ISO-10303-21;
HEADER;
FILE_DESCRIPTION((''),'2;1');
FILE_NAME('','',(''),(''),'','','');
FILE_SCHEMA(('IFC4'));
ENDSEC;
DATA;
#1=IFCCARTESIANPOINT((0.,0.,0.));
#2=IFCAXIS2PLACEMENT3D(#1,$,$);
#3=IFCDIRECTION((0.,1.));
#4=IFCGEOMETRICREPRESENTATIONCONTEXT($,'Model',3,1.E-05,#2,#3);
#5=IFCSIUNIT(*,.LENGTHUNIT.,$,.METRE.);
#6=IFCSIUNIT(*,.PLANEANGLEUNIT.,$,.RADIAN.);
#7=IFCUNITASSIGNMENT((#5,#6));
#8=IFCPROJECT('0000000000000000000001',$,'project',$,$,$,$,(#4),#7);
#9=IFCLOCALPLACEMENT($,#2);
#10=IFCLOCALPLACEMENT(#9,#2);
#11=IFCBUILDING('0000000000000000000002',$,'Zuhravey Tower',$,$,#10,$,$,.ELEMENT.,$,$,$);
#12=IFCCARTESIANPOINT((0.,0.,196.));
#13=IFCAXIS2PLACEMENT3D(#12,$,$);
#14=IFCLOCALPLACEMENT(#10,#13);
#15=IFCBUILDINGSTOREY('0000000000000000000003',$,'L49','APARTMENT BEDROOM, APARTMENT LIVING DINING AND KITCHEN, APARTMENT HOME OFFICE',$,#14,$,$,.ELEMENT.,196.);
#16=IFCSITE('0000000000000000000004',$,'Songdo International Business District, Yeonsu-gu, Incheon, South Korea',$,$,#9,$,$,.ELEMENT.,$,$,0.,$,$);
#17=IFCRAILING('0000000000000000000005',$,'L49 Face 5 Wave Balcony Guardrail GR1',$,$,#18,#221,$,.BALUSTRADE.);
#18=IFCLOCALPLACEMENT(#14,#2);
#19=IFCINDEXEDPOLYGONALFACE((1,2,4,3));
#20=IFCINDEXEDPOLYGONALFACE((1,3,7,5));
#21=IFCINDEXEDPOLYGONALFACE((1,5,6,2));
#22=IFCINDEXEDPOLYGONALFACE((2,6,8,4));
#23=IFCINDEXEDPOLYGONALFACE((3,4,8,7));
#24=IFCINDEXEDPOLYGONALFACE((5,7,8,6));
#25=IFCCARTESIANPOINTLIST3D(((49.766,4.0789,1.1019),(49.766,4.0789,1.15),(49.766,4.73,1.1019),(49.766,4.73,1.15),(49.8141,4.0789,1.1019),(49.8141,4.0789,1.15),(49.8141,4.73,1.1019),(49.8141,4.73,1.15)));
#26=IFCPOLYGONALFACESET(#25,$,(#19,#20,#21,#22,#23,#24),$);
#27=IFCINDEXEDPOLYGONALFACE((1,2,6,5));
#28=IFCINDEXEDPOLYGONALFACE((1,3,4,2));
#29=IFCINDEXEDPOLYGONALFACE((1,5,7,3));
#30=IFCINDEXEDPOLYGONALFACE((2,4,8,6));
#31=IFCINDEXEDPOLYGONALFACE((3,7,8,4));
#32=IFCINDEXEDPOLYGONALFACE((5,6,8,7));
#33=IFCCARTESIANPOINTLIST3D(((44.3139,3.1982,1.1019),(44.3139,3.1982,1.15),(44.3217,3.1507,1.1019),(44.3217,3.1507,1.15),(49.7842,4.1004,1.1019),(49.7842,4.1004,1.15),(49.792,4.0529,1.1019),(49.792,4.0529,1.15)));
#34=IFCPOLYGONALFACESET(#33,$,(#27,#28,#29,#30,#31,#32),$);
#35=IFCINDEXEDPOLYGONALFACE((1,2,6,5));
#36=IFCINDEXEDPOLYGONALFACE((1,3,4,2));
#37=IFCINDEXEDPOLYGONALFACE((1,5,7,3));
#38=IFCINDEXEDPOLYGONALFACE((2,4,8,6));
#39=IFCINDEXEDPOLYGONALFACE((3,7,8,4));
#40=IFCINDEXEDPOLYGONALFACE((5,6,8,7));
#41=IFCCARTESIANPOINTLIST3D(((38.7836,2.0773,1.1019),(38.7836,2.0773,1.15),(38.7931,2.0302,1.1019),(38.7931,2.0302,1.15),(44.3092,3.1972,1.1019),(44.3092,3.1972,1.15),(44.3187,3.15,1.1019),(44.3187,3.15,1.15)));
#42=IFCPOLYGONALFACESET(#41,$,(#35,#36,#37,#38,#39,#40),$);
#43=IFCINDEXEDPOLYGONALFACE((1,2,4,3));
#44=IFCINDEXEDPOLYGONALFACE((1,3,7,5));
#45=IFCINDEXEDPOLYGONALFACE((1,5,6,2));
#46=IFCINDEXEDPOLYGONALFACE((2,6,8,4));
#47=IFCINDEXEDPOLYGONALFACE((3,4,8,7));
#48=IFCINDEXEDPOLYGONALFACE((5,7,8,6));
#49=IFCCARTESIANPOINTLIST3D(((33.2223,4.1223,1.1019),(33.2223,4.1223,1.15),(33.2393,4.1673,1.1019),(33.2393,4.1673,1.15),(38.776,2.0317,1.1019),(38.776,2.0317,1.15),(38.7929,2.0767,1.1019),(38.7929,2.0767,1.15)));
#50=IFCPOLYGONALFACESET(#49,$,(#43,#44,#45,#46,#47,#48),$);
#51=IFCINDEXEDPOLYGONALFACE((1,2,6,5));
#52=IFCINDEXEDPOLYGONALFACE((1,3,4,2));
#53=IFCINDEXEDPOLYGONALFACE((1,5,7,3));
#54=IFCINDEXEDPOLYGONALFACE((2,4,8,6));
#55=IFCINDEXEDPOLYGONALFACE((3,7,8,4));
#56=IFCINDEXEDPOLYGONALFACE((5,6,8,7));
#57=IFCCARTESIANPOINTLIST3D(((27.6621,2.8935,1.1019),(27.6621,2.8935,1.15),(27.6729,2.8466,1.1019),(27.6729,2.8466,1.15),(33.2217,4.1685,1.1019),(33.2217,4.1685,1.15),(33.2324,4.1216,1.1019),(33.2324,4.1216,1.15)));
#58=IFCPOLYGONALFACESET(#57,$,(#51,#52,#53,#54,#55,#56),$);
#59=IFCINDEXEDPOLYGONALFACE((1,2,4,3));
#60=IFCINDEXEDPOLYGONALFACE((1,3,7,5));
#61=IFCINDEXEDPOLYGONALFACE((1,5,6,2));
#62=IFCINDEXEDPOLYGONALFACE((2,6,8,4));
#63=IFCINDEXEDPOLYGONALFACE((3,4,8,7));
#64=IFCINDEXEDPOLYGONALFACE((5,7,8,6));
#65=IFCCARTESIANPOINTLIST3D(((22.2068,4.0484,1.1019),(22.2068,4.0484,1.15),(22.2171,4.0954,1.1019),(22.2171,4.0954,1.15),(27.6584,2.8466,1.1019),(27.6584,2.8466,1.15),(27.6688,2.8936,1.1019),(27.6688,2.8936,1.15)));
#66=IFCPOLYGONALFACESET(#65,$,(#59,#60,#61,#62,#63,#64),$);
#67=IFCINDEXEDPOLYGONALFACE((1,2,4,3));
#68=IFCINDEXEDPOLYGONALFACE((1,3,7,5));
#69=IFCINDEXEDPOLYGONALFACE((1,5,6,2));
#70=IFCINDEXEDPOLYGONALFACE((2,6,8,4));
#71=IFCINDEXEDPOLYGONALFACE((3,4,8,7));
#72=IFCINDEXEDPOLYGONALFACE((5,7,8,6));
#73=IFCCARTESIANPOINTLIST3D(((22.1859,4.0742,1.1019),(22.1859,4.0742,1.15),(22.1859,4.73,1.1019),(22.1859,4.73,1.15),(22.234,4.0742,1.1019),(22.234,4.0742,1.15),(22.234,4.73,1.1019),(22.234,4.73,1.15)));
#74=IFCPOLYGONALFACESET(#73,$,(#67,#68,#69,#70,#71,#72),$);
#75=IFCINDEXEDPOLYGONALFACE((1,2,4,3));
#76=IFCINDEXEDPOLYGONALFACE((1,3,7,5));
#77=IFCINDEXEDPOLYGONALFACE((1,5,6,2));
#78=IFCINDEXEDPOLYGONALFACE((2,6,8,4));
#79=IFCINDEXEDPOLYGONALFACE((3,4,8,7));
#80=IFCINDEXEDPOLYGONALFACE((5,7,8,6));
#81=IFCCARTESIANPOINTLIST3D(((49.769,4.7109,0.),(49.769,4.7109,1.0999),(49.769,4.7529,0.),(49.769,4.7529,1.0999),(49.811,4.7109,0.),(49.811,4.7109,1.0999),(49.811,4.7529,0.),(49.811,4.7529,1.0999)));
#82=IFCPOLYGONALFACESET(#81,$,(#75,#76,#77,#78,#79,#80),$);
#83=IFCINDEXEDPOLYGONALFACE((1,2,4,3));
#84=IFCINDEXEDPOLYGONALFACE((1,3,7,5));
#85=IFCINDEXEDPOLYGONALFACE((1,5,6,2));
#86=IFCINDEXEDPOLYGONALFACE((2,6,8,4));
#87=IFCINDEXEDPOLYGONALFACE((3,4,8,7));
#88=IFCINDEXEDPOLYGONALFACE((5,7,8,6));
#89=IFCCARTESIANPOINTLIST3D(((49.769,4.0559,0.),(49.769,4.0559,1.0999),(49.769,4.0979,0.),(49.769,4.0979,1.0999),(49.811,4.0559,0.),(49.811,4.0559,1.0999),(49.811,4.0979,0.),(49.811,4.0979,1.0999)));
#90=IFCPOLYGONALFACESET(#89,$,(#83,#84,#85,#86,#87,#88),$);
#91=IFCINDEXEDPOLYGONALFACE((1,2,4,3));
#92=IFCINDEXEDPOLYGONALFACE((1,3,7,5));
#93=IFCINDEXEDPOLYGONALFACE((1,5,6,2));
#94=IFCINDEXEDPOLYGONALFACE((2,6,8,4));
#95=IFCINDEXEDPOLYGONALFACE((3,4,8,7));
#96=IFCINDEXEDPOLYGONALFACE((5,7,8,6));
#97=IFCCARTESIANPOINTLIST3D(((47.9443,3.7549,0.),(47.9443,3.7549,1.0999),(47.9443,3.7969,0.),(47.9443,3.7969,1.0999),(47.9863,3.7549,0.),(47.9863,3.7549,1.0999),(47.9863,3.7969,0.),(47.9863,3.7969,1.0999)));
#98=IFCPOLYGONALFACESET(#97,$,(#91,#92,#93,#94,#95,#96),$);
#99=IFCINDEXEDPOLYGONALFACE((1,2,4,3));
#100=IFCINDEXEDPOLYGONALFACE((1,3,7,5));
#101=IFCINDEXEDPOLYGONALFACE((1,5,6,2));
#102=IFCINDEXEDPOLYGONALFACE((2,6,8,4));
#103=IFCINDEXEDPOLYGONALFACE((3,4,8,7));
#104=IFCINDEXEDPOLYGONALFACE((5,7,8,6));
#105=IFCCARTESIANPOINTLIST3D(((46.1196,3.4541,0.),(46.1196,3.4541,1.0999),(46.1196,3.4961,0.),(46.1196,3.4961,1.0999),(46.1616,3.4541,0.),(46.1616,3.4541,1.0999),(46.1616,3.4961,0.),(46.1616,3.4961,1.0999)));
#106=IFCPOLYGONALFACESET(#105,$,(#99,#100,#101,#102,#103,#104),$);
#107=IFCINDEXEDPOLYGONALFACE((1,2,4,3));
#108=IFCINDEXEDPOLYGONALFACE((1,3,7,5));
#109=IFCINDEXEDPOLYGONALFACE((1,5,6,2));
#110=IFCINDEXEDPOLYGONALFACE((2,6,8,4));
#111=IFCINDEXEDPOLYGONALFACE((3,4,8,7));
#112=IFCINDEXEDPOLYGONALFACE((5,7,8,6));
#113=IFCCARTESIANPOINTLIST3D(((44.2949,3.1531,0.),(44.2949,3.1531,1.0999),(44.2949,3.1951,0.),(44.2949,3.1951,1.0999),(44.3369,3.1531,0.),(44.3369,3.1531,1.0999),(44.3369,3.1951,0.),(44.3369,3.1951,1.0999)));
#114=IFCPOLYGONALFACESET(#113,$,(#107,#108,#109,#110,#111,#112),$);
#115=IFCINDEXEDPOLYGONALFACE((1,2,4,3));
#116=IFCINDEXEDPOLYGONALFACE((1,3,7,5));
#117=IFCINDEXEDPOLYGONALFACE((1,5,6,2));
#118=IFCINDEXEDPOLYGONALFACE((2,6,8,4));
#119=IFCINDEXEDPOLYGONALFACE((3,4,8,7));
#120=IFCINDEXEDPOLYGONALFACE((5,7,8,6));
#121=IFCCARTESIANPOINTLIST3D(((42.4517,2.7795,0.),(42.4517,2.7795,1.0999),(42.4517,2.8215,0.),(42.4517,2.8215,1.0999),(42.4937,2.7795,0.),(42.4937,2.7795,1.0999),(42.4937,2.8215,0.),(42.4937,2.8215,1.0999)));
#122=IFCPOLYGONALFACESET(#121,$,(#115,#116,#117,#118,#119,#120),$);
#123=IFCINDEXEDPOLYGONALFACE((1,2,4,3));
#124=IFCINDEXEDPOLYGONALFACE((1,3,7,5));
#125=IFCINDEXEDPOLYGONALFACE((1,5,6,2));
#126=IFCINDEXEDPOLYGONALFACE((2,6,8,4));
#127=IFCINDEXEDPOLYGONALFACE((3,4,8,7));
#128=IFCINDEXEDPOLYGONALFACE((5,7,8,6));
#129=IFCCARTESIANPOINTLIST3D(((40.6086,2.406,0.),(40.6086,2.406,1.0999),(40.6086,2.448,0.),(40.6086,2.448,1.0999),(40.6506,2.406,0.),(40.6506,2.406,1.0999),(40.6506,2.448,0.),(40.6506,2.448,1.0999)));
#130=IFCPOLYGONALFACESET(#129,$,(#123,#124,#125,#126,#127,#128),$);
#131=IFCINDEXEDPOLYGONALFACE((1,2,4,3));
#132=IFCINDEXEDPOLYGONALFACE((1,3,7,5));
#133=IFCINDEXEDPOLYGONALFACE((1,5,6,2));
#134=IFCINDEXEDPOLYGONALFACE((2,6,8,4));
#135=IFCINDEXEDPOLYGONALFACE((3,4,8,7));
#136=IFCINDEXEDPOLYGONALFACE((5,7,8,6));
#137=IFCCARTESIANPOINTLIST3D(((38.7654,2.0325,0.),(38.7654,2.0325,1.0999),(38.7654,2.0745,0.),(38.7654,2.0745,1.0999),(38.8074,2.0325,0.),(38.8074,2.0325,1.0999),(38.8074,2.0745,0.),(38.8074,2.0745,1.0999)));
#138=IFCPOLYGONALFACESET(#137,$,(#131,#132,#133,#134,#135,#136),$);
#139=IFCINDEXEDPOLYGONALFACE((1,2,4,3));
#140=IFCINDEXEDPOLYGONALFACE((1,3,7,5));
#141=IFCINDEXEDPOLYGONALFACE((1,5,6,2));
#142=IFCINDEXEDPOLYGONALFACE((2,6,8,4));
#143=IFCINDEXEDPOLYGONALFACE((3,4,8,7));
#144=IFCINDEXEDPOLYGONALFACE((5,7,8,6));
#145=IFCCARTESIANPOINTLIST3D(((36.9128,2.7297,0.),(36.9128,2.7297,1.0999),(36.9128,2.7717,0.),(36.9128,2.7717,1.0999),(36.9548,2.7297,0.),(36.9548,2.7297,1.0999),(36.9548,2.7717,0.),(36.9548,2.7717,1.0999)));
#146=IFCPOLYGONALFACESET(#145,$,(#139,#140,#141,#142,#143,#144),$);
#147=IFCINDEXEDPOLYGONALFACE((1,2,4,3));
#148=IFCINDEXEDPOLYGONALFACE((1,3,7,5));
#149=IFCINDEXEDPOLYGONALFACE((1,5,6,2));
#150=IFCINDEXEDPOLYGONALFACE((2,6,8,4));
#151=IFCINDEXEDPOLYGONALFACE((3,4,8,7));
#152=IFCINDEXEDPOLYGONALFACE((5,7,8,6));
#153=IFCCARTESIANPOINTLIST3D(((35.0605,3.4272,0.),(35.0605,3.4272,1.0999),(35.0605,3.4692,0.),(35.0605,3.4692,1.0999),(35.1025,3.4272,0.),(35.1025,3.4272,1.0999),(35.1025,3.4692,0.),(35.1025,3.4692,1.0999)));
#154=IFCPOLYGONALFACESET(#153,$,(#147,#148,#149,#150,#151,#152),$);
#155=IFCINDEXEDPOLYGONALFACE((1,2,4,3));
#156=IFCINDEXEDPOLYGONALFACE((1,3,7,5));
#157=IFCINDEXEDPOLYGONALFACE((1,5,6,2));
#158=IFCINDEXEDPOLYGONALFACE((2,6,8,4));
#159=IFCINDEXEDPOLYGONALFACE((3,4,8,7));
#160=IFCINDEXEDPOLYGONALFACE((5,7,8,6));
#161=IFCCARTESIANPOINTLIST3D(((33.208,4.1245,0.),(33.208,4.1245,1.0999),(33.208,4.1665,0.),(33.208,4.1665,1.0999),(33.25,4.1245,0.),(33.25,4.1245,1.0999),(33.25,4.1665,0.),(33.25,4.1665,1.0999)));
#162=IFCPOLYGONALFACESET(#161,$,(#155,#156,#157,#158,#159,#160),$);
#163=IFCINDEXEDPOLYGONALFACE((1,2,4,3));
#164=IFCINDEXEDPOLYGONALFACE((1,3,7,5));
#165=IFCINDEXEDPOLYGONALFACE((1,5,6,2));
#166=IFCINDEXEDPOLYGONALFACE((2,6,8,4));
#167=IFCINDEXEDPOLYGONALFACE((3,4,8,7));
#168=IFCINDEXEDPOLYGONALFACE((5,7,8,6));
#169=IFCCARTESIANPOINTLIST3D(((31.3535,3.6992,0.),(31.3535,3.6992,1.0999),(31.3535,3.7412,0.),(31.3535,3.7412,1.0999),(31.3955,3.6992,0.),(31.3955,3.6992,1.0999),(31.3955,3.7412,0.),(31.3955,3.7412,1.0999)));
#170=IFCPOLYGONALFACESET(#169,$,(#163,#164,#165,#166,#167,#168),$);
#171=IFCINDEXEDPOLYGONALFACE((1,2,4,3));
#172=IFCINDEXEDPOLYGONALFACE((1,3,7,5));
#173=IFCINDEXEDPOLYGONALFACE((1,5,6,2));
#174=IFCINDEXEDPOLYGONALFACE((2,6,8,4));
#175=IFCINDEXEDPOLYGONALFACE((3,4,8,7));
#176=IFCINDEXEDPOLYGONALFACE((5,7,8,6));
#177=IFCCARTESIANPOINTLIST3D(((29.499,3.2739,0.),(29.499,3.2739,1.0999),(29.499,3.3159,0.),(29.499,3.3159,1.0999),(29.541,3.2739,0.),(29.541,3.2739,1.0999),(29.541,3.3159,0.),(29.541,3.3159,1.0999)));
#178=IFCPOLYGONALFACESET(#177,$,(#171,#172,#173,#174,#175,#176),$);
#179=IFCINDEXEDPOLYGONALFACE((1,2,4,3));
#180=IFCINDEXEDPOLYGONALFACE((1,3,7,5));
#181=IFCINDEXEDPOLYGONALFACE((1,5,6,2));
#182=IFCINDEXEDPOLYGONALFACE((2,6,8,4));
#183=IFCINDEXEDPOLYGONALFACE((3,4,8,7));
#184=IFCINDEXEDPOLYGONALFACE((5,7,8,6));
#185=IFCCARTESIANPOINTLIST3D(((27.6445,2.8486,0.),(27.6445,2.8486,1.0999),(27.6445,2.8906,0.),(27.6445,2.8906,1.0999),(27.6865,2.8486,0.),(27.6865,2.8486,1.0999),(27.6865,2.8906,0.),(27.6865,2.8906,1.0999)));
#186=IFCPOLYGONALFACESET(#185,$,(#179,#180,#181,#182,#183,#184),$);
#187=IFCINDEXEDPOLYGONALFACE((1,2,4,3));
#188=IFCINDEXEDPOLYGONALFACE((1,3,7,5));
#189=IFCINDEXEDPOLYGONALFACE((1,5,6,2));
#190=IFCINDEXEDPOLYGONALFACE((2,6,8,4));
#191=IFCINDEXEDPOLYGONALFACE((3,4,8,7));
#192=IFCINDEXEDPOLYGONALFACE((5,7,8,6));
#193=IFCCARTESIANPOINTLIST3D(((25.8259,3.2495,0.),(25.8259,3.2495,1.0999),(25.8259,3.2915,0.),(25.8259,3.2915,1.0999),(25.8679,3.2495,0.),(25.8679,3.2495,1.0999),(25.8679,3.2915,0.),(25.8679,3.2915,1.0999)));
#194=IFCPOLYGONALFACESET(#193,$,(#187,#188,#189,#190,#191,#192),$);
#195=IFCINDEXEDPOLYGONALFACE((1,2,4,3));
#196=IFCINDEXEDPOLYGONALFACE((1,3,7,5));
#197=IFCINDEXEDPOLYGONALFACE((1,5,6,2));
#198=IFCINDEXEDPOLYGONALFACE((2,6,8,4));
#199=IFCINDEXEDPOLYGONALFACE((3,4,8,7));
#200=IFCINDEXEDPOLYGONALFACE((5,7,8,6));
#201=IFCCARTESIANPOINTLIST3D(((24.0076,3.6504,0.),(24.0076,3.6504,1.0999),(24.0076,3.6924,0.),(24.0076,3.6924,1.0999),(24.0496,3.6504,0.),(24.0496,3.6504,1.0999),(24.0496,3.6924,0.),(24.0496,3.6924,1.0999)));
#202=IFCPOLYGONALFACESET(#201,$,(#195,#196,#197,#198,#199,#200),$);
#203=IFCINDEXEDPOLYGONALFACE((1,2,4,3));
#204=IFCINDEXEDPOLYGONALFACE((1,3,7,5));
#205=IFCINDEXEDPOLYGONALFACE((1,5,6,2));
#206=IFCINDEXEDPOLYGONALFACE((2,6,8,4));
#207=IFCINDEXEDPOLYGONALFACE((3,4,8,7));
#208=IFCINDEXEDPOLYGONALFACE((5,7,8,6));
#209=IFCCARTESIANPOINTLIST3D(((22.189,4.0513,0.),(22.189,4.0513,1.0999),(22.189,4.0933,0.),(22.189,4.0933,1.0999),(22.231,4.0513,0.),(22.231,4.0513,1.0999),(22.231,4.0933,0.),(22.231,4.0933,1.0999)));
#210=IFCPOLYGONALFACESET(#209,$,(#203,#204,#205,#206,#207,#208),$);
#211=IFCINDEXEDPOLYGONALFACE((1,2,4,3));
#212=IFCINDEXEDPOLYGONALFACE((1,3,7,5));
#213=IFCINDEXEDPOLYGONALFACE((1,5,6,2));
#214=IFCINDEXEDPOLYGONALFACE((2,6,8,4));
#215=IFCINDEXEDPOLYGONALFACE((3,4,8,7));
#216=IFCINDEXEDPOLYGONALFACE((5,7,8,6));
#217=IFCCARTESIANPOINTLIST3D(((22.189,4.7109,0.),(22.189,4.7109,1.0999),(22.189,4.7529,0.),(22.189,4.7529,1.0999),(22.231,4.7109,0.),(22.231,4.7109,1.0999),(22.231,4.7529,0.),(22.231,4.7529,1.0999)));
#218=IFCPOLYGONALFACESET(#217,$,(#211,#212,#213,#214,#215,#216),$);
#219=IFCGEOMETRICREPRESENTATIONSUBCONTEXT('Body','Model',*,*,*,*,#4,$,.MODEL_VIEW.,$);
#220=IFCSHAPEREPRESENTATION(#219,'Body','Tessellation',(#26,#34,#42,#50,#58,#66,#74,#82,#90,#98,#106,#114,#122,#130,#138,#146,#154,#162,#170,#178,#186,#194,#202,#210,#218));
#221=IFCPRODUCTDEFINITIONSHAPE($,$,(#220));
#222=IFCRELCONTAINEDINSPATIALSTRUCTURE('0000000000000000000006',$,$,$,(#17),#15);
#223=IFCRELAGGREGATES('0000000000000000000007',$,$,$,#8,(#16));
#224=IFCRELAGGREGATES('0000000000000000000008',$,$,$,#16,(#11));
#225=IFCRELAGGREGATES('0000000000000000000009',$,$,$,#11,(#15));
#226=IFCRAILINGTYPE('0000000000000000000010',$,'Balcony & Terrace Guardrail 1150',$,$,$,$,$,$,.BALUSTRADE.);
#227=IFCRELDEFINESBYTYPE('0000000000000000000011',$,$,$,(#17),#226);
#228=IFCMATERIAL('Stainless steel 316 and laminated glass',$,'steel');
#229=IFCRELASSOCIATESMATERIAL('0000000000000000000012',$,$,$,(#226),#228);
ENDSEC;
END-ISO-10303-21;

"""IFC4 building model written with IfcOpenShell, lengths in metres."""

from ifc_helpers import new_model, si_unit, direction, frame, origin, origin_2d, place, context, subcontext, project, spatial, rectangle, extrude, material, type_object, element, save


model = new_model("IFC4")

# Units and contexts
model_context = context("Model", 3, precision=1e-05, world=origin(), true_north=direction((0.0, 1.0)))
body_context = subcontext(model_context, "Body", "Model", "MODEL_VIEW")
ifc_project = project(units=[si_unit("LENGTHUNIT", "METRE"), si_unit("PLANEANGLEUNIT", "RADIAN")], contexts=[model_context])

# Site, building, storey
site_placement = place(None, origin())
site = spatial("IfcSite", under=ifc_project, at=site_placement, Name="Songdo International Business District, Yeonsu-gu, Incheon, South Korea", CompositionType="ELEMENT", RefElevation=0.0)
building_placement = place(site_placement, origin())
building = spatial("IfcBuilding", under=site, at=building_placement, Name="Zuhravey Tower", CompositionType="ELEMENT")
storey_placement = place(building_placement, frame((0.0, 0.0, 196.0)))
storey = spatial("IfcBuildingStorey", under=building, at=storey_placement, Name="L49", Description="APARTMENT BEDROOM, APARTMENT LIVING DINING AND KITCHEN, APARTMENT HOME OFFICE", CompositionType="ELEMENT", Elevation=196.0)

# Railing
ifc_material_1 = material(Name="Stainless steel 316 and laminated glass", Category="steel")
railing_type = type_object("IfcRailingType", Name="Balcony & Terrace Guardrail 1150", PredefinedType="BALUSTRADE", material=ifc_material_1)
railing_placement = place(storey_placement, frame((49.79, 4.7319, 0.0)))
element("IfcRailing", 1, at=railing_placement, inside=storey, type_object=railing_type, Name="L49 Face 5 Wave Balcony Guardrail GR1", PredefinedType="BALUSTRADE", context=body_context, shape_type="SweptSolid", body=[
    extrude(rectangle(XDim=0.0481, YDim=0.0481, at=origin_2d()), frame((0.0, -0.002, 1.126), z_axis=(0.0, -1.0, 0.0), x_axis=(1.0, 0.0, 0.0)), (0.0, 0.0, 1.0), 0.6511),
    extrude(rectangle(XDim=0.0481, YDim=0.0481, at=origin_2d()), frame((-0.002, -0.6553, 1.126), z_axis=(-0.986671, -0.162729, 0.0), x_axis=(0.162729, -0.986671, 0.0)), (0.0, 0.0, 1.0), 5.5442),
    extrude(rectangle(XDim=0.0481, YDim=0.0481, at=origin_2d()), frame((-5.4761, -1.5583, 1.126), z_axis=(-0.980077, -0.19862, 0.0), x_axis=(0.19862, -0.980077, 0.0)), (0.0, 0.0, 1.0), 5.6379),
    extrude(rectangle(XDim=0.0481, YDim=0.0481, at=origin_2d()), frame((-11.0056, -2.6777, 1.126), z_axis=(-0.935884, 0.352308, 0.0), x_axis=(-0.352308, -0.935884, 0.0)), (0.0, 0.0, 1.0), 5.9341),
    extrude(rectangle(XDim=0.0481, YDim=0.0481, at=origin_2d()), frame((-16.563, -0.5869, 1.126), z_axis=(-0.974697, -0.223529, 0.0), x_axis=(0.223529, -0.974697, 0.0)), (0.0, 0.0, 1.0), 5.7039),
    extrude(rectangle(XDim=0.0481, YDim=0.0481, at=origin_2d()), frame((-22.1265, -1.8618, 1.126), z_axis=(-0.976554, 0.215274, 0.0), x_axis=(-0.215274, -0.976554, 0.0)), (0.0, 0.0, 1.0), 5.5825),
    extrude(rectangle(XDim=0.0481, YDim=0.0481, at=origin_2d()), frame((-27.5801, -0.6577, 1.126), z_axis=(0.0, 1.0, 0.0), x_axis=(-1.0, 0.0, 0.0)), (0.0, 0.0, 1.0), 0.6558),
    extrude(rectangle(XDim=0.042, YDim=0.042, at=origin_2d()), origin(), (0.0, 0.0, 1.0), 1.0999),
    extrude(rectangle(XDim=0.042, YDim=0.042, at=origin_2d()), frame((0.0, -0.655, 0.0)), (0.0, 0.0, 1.0), 1.0999),
    extrude(rectangle(XDim=0.042, YDim=0.042, at=origin_2d()), frame((-1.8247, -0.9561, 0.0)), (0.0, 0.0, 1.0), 1.0999),
    extrude(rectangle(XDim=0.042, YDim=0.042, at=origin_2d()), frame((-3.6494, -1.2568, 0.0)), (0.0, 0.0, 1.0), 1.0999),
    extrude(rectangle(XDim=0.042, YDim=0.042, at=origin_2d()), frame((-5.4741, -1.5579, 0.0)), (0.0, 0.0, 1.0), 1.0999),
    extrude(rectangle(XDim=0.042, YDim=0.042, at=origin_2d()), frame((-7.3174, -1.9314, 0.0)), (0.0, 0.0, 1.0), 1.0999),
    extrude(rectangle(XDim=0.042, YDim=0.042, at=origin_2d()), frame((-9.1604, -2.3049, 0.0)), (0.0, 0.0, 1.0), 1.0999),
    extrude(rectangle(XDim=0.042, YDim=0.042, at=origin_2d()), frame((-11.0037, -2.6785, 0.0)), (0.0, 0.0, 1.0), 1.0999),
    extrude(rectangle(XDim=0.042, YDim=0.042, at=origin_2d()), frame((-12.8562, -1.9812, 0.0)), (0.0, 0.0, 1.0), 1.0999),
    extrude(rectangle(XDim=0.042, YDim=0.042, at=origin_2d()), frame((-14.7085, -1.2837, 0.0)), (0.0, 0.0, 1.0), 1.0999),
    extrude(rectangle(XDim=0.042, YDim=0.042, at=origin_2d()), frame((-16.561, -0.5864, 0.0)), (0.0, 0.0, 1.0), 1.0999),
    extrude(rectangle(XDim=0.042, YDim=0.042, at=origin_2d()), frame((-18.4155, -1.0117, 0.0)), (0.0, 0.0, 1.0), 1.0999),
    extrude(rectangle(XDim=0.042, YDim=0.042, at=origin_2d()), frame((-20.27, -1.437, 0.0)), (0.0, 0.0, 1.0), 1.0999),
    extrude(rectangle(XDim=0.042, YDim=0.042, at=origin_2d()), frame((-22.1245, -1.8623, 0.0)), (0.0, 0.0, 1.0), 1.0999),
    extrude(rectangle(XDim=0.042, YDim=0.042, at=origin_2d()), frame((-23.9431, -1.4614, 0.0)), (0.0, 0.0, 1.0), 1.0999),
    extrude(rectangle(XDim=0.042, YDim=0.042, at=origin_2d()), frame((-25.7615, -1.0605, 0.0)), (0.0, 0.0, 1.0), 1.0999),
    extrude(rectangle(XDim=0.042, YDim=0.042, at=origin_2d()), frame((-27.5801, -0.6597, 0.0)), (0.0, 0.0, 1.0), 1.0999),
    extrude(rectangle(XDim=0.042, YDim=0.042, at=origin_2d()), frame((-27.5801, 0.0, 0.0)), (0.0, 0.0, 1.0), 1.0999),
])

save(model, "model.ifc")
